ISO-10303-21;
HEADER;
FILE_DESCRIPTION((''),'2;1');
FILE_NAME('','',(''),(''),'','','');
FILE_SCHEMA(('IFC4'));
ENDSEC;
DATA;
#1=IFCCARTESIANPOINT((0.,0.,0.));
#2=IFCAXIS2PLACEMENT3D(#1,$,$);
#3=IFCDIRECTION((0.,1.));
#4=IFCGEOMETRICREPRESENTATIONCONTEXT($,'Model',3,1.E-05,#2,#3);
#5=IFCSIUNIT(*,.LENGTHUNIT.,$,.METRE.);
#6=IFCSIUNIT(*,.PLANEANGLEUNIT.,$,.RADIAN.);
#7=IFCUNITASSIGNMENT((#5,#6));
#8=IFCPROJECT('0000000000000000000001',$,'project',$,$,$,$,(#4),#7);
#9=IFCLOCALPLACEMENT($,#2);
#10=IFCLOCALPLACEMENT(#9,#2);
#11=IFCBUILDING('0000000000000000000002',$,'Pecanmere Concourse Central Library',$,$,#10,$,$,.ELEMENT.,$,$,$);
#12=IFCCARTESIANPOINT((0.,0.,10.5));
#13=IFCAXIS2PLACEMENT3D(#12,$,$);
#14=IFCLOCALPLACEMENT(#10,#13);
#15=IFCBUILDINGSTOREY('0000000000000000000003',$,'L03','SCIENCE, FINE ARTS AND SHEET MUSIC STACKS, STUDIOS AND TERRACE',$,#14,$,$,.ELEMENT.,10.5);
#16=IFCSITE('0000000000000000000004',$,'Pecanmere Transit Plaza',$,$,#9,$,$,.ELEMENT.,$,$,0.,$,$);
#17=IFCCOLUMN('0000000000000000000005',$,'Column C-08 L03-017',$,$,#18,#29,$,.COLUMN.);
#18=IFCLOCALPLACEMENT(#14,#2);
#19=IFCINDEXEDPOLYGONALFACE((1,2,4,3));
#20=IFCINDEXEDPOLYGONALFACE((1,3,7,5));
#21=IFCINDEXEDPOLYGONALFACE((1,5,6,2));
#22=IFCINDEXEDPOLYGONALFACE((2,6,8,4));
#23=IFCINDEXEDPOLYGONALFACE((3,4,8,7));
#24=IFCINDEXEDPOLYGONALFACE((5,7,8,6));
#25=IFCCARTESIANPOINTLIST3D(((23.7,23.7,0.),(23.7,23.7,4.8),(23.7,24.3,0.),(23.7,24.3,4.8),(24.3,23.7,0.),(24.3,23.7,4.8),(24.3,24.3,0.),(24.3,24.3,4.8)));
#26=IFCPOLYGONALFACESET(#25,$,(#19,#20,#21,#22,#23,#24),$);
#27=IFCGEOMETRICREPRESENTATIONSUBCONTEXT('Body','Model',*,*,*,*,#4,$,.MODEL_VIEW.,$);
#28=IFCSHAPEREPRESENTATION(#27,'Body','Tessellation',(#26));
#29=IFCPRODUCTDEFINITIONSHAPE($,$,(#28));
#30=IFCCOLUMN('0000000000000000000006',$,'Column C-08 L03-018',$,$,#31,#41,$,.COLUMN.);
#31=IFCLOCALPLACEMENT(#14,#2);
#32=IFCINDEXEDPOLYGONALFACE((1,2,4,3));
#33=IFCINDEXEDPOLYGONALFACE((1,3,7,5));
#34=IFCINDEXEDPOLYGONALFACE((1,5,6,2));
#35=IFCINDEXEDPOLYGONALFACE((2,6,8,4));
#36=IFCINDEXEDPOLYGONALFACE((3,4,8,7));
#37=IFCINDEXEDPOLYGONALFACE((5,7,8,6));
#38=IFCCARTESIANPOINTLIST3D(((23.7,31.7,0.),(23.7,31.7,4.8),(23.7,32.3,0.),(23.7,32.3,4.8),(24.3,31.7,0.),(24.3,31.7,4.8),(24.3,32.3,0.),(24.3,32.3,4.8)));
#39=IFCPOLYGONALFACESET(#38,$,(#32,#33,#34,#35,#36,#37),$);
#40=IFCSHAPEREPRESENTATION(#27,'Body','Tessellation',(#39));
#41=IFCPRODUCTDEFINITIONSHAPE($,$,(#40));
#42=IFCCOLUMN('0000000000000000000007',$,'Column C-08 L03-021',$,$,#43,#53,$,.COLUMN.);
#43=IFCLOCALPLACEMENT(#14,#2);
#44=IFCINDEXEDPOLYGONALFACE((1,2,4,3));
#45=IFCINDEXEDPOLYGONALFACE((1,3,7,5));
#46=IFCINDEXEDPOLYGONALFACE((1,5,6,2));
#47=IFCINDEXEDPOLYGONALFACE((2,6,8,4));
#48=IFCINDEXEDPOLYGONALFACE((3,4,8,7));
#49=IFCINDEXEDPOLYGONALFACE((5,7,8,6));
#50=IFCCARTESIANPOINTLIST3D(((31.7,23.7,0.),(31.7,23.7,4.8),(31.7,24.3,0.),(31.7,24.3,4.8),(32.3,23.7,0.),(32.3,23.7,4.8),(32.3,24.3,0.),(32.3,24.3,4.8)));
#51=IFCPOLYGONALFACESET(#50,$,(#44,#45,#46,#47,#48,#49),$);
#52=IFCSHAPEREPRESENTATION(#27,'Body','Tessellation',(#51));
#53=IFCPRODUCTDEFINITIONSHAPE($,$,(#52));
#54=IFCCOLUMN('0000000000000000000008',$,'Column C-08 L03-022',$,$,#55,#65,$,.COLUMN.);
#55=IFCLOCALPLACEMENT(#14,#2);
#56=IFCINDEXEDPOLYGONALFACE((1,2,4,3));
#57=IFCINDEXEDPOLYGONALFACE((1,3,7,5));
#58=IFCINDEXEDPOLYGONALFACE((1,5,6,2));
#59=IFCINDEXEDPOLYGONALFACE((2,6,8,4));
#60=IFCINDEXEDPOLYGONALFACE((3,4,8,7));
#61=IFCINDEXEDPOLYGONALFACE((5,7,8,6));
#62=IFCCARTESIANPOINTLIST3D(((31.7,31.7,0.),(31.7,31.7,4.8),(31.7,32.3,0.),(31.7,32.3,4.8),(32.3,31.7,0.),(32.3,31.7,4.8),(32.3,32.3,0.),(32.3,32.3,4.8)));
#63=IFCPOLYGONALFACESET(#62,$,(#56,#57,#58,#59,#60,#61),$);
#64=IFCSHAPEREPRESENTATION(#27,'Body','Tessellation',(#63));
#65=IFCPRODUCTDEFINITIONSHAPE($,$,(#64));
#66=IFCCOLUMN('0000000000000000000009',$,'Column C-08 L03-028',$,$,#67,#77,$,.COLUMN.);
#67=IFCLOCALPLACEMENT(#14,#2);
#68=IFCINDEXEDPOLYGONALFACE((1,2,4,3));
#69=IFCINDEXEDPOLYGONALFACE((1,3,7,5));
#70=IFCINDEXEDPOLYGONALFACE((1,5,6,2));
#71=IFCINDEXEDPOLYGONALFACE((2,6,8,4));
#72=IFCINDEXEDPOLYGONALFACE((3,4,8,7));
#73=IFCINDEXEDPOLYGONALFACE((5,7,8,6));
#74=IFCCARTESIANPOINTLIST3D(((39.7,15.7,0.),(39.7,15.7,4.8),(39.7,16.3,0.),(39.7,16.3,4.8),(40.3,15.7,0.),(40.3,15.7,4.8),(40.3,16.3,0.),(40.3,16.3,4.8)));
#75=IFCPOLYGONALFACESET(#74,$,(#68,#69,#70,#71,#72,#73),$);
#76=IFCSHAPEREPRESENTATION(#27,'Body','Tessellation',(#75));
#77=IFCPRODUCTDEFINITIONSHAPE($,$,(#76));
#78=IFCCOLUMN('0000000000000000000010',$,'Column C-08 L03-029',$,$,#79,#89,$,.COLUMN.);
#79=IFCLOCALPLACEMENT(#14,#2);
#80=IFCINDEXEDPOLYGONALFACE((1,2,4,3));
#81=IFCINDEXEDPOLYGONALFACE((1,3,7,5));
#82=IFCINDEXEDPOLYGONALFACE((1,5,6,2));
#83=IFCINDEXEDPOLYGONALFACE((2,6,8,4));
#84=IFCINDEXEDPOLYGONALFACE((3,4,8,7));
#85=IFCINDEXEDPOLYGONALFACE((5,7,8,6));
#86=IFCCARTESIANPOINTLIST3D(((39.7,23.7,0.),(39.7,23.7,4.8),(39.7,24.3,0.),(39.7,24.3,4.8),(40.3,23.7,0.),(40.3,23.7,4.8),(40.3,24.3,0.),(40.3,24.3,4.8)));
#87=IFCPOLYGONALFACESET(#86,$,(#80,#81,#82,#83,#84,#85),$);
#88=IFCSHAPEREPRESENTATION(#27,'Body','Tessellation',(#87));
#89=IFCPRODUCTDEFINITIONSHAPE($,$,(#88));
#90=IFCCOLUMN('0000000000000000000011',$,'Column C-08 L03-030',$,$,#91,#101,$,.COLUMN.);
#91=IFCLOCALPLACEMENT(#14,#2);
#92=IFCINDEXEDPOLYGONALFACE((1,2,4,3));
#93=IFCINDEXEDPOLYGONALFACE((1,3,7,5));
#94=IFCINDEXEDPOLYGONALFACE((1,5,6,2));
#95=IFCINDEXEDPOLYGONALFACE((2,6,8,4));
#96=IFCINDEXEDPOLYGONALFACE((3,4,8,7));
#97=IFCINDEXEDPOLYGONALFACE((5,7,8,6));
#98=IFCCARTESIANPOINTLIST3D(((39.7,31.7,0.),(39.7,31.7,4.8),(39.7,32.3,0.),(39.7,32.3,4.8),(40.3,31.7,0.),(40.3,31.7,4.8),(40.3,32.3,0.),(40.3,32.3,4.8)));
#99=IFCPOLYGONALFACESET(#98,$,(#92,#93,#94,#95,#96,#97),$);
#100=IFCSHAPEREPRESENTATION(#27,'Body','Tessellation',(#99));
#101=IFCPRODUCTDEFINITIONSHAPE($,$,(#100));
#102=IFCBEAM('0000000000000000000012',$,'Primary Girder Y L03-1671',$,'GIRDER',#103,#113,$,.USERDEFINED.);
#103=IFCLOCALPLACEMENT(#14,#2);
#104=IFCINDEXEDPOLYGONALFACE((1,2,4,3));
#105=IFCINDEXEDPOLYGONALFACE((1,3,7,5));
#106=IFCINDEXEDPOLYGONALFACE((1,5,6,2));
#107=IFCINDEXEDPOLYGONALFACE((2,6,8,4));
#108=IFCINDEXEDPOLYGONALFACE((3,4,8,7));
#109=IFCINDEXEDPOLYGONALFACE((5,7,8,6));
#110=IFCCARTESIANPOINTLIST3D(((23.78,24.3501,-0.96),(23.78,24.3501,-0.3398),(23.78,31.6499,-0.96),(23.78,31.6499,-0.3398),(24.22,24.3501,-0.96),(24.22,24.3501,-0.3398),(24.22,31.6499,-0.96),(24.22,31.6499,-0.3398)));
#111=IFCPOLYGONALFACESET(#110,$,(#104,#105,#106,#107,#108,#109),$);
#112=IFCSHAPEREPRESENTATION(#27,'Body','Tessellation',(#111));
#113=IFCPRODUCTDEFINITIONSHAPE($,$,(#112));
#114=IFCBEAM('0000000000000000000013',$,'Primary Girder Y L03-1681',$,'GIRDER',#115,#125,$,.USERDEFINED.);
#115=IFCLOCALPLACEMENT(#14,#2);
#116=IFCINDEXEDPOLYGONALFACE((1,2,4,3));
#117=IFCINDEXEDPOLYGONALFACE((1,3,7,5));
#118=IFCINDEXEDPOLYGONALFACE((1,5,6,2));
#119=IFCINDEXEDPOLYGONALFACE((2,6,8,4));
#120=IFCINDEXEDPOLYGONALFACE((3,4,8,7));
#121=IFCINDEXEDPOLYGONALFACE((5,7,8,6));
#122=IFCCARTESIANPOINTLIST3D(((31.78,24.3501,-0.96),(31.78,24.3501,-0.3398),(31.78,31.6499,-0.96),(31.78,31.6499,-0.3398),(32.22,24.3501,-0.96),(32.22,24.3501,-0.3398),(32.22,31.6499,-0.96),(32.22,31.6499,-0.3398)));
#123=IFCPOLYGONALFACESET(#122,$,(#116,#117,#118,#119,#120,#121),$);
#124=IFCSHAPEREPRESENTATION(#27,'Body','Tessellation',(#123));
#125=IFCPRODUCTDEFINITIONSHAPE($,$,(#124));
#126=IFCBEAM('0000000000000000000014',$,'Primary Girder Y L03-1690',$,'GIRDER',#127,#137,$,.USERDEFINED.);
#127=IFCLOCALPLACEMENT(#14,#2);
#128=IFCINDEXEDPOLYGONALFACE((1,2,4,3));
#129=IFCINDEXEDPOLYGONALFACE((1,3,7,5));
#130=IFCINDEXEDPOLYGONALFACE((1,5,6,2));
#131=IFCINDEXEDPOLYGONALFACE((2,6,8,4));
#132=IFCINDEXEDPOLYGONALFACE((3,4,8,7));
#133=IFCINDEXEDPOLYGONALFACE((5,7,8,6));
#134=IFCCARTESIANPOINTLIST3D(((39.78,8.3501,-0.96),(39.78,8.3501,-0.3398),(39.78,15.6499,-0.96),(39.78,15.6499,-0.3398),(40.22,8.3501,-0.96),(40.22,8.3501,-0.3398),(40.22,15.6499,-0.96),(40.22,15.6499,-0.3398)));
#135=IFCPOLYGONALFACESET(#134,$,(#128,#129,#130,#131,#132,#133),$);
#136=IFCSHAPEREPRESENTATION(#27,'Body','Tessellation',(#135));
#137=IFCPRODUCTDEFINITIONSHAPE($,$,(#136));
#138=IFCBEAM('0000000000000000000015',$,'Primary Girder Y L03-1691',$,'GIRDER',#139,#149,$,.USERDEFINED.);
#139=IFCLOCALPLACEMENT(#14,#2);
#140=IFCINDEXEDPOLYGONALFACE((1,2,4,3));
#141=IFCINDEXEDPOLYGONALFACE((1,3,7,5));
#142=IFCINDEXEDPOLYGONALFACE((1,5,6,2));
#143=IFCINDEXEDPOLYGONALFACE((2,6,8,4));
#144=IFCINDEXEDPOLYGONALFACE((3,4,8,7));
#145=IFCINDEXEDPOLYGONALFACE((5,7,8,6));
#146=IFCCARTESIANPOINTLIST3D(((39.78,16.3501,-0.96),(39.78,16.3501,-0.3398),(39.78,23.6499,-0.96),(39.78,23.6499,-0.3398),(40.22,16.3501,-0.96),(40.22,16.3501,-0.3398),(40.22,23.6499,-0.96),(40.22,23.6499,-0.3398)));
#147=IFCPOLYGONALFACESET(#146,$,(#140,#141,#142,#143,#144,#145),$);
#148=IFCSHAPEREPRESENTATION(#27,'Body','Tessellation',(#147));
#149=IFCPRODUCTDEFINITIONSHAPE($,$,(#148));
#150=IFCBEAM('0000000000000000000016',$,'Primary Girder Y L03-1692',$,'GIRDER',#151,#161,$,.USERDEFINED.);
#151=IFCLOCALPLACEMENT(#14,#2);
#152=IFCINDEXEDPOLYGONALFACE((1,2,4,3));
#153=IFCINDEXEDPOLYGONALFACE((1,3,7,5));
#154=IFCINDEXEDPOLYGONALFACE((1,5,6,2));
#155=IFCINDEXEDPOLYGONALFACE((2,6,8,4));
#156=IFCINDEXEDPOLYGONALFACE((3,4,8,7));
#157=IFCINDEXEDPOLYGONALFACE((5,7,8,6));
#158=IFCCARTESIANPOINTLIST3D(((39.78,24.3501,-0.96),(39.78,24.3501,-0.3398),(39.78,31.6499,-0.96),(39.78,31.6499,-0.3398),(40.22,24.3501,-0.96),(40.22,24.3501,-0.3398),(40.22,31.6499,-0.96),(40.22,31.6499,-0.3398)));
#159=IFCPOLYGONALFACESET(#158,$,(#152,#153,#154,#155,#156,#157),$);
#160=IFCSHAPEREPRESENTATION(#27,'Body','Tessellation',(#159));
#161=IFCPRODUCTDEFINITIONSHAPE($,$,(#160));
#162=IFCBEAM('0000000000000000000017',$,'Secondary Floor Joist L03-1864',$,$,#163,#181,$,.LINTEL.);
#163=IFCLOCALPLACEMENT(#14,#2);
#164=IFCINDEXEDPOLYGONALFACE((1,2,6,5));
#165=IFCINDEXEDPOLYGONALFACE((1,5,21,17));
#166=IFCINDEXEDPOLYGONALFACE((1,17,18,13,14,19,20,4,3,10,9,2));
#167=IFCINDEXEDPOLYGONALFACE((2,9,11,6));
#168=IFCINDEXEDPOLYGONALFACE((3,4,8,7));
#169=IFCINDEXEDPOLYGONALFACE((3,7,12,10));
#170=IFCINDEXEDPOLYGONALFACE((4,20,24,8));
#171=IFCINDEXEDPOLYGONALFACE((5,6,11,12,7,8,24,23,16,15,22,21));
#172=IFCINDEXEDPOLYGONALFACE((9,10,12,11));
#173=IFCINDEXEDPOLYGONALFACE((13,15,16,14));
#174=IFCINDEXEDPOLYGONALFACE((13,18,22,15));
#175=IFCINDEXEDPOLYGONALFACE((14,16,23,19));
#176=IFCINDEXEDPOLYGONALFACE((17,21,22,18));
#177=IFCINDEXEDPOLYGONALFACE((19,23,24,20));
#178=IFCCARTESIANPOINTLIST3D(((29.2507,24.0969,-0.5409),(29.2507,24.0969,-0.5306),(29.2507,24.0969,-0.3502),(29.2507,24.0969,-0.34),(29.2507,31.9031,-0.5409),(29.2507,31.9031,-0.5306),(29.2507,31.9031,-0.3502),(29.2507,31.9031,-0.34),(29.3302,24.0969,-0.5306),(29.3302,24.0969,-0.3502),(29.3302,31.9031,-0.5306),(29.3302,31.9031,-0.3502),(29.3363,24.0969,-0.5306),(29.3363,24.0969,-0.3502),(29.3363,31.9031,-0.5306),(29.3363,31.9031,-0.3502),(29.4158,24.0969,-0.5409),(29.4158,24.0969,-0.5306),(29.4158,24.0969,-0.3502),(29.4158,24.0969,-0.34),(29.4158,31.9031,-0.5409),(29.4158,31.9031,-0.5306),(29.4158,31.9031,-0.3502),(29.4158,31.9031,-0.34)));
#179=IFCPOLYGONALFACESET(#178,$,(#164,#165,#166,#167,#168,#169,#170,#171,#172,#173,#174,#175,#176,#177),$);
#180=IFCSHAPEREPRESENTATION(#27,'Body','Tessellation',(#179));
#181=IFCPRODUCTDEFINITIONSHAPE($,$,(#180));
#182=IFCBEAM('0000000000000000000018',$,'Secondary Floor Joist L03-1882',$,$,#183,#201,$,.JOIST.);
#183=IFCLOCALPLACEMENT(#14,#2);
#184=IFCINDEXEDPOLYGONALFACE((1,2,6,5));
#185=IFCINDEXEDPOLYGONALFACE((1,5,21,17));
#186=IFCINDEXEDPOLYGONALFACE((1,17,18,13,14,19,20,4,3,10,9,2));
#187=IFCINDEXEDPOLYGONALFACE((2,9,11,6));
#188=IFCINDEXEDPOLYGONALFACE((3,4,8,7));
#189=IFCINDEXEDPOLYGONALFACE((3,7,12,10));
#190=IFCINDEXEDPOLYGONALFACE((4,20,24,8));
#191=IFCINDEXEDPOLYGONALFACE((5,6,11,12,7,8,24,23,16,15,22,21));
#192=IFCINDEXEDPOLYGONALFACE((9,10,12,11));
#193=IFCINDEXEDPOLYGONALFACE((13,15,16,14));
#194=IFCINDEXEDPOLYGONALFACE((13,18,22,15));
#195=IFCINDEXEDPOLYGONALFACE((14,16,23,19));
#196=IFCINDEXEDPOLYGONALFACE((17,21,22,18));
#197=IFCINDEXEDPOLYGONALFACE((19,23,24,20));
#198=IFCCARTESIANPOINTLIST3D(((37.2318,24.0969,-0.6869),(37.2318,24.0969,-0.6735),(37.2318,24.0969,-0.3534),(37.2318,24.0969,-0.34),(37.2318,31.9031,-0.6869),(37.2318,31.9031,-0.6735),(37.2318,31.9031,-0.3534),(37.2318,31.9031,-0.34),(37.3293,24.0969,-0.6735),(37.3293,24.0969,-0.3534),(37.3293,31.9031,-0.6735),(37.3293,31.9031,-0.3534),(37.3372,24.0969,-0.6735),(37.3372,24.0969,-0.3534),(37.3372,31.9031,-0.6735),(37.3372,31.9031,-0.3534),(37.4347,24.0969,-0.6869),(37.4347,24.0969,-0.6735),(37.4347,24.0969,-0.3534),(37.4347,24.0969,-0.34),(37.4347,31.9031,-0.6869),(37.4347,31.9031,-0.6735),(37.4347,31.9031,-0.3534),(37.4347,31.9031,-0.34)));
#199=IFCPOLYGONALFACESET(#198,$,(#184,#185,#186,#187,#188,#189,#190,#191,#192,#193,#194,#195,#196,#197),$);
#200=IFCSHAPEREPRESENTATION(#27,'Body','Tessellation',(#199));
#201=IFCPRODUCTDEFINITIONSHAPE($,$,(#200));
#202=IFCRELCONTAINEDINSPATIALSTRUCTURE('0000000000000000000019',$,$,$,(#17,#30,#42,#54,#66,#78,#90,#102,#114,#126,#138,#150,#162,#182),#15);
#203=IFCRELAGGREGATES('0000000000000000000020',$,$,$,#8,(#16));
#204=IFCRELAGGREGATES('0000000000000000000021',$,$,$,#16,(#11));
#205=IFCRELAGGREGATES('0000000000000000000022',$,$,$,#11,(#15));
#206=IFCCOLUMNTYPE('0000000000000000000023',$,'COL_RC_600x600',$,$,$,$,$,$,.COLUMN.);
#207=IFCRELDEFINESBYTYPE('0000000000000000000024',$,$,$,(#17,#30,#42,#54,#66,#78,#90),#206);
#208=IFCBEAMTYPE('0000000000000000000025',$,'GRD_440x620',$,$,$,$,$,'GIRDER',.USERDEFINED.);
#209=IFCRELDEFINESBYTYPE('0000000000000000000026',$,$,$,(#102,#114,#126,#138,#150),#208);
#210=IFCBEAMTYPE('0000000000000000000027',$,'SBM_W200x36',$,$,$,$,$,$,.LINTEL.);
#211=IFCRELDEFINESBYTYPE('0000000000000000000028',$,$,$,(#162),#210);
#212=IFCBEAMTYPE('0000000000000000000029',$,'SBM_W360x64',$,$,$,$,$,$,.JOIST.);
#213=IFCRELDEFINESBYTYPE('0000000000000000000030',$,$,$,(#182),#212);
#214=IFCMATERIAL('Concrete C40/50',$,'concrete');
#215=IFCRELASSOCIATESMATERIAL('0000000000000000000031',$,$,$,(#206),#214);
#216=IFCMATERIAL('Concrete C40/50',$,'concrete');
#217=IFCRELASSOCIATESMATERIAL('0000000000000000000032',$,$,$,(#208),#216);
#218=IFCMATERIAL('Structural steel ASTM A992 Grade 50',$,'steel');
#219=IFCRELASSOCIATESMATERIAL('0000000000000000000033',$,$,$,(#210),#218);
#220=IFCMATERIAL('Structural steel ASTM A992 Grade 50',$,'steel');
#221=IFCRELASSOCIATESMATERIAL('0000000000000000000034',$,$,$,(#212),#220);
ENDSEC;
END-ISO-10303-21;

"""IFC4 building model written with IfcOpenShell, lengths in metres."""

from ifc_helpers import new_model, si_unit, direction, frame, origin, origin_2d, place, context, subcontext, project, spatial, rectangle, i_section, extrude, material, material_profile, profile_set, type_object, element, save


model = new_model("IFC4")

# Units and contexts
model_context = context("Model", 3, precision=1e-05, world=origin(), true_north=direction((0.0, 1.0)))
body_context = subcontext(model_context, "Body", "Model", "MODEL_VIEW")
ifc_project = project(units=[si_unit("LENGTHUNIT", "METRE"), si_unit("PLANEANGLEUNIT", "RADIAN")], contexts=[model_context])

# Site, building, storey
site_placement = place(None, origin())
site = spatial("IfcSite", under=ifc_project, at=site_placement, Name="Pecanmere Transit Plaza", CompositionType="ELEMENT", RefElevation=0.0)
building_placement = place(site_placement, origin())
building = spatial("IfcBuilding", under=site, at=building_placement, Name="Pecanmere Concourse Central Library", CompositionType="ELEMENT")
storey_placement = place(building_placement, frame((0.0, 0.0, 10.5)))
storey = spatial("IfcBuildingStorey", under=building, at=storey_placement, Name="L03", Description="SCIENCE, FINE ARTS AND SHEET MUSIC STACKS, STUDIOS AND TERRACE", CompositionType="ELEMENT", Elevation=10.5)

# Columns
ifc_material_1 = material(Name="Concrete C40/50", Category="concrete")
ifc_material_profile_1 = material_profile(ifc_material_1, rectangle(XDim=0.6001, YDim=0.6001, at=origin_2d()), Name="RC 600x600")
ifc_profile_set_1 = profile_set([ifc_material_profile_1], Name="Concrete C40/50")
column_type = type_object("IfcColumnType", Name="COL_RC_600x600", PredefinedType="COLUMN", material=ifc_profile_set_1)
for number, where, z_axis, x_axis, name in (
    (1, (24.0, 24.0, 0.0), (0.0, 0.0, 1.0), (1.0, 0.0, 0.0), "Column C-08 L03-017"),
    (2, (24.0, 32.0, 0.0), (0.0, 0.0, 1.0), (1.0, 0.0, 0.0), "Column C-08 L03-018"),
    (3, (32.0, 24.0, 0.0), (0.0, 0.0, 1.0), (1.0, 0.0, 0.0), "Column C-08 L03-021"),
    (4, (32.0, 32.0, 0.0), (0.0, 0.0, 1.0), (1.0, 0.0, 0.0), "Column C-08 L03-022"),
    (5, (40.0, 16.0, 0.0), (0.0, 0.0, 1.0), (1.0, 0.0, 0.0), "Column C-08 L03-028"),
    (6, (40.0, 24.0, 0.0), (0.0, 0.0, 1.0), (1.0, 0.0, 0.0), "Column C-08 L03-029"),
    (7, (40.0, 32.0, 0.0), (0.0, 0.0, 1.0), (1.0, 0.0, 0.0), "Column C-08 L03-030"),
):
    element("IfcColumn", number, at=place(storey_placement, frame(where, z_axis=z_axis, x_axis=x_axis)), inside=storey, type_object=column_type, Name=name, PredefinedType="COLUMN", context=body_context, shape_type="SweptSolid", body=[
        extrude(rectangle(XDim=0.6001, YDim=0.6001, at=origin_2d()), origin(), (0.0, 0.0, 1.0), 4.8),
    ])

# Beams
ifc_material_2 = material(Name="Concrete C40/50", Category="concrete")
ifc_material_profile_2 = material_profile(ifc_material_2, rectangle(XDim=0.4399, YDim=0.6201, at=origin_2d()), Name="RC 440x620")
ifc_profile_set_2 = profile_set([ifc_material_profile_2], Name="Concrete C40/50")
beam_type_1 = type_object("IfcBeamType", Name="GRD_440x620", ElementType="GIRDER", PredefinedType="USERDEFINED", material=ifc_profile_set_2)
for number, where, z_axis, x_axis, name in (
    (8, (24.0, 24.3501, -0.6499), (0.0, 1.0, 0.0), (-1.0, 0.0, 0.0), "Primary Girder Y L03-1671"),
    (9, (32.0, 24.3501, -0.6499), (0.0, 1.0, 0.0), (-1.0, 0.0, 0.0), "Primary Girder Y L03-1681"),
    (10, (40.0, 8.3501, -0.6499), (0.0, 1.0, 0.0), (-1.0, 0.0, 0.0), "Primary Girder Y L03-1690"),
    (11, (40.0, 16.3501, -0.6499), (0.0, 1.0, 0.0), (-1.0, 0.0, 0.0), "Primary Girder Y L03-1691"),
    (12, (40.0, 24.3501, -0.6499), (0.0, 1.0, 0.0), (-1.0, 0.0, 0.0), "Primary Girder Y L03-1692"),
):
    element("IfcBeam", number, at=place(storey_placement, frame(where, z_axis=z_axis, x_axis=x_axis)), inside=storey, type_object=beam_type_1, Name=name, ObjectType="GIRDER", PredefinedType="USERDEFINED", context=body_context, shape_type="SweptSolid", body=[
        extrude(rectangle(XDim=0.4399, YDim=0.6201, at=origin_2d()), origin(), (0.0, 0.0, 1.0), 7.2998),
    ])
ifc_material_3 = material(Name="Structural steel ASTM A992 Grade 50", Category="steel")
ifc_material_profile_3 = material_profile(ifc_material_3, i_section(OverallWidth=0.165, OverallDepth=0.2009, WebThickness=0.0061, FlangeThickness=0.0103, at=origin_2d()), Name="W200x35.9")
ifc_profile_set_3 = profile_set([ifc_material_profile_3], Name="Structural steel ASTM A992 Grade 50")
beam_type_2 = type_object("IfcBeamType", Name="SBM_W200x36", PredefinedType="LINTEL", material=ifc_profile_set_3)
beam_1_placement = place(storey_placement, frame((29.3333, 24.0969, -0.4404), z_axis=(0.0, 1.0, 0.0), x_axis=(-1.0, 0.0, 0.0)))
element("IfcBeam", 13, at=beam_1_placement, inside=storey, type_object=beam_type_2, Name="Secondary Floor Joist L03-1864", PredefinedType="LINTEL", context=body_context, shape_type="SweptSolid", body=[
    extrude(i_section(OverallWidth=0.165, OverallDepth=0.2009, WebThickness=0.0061, FlangeThickness=0.0103, at=origin_2d()), origin(), (0.0, 0.0, 1.0), 7.8062),
])
ifc_material_4 = material(Name="Structural steel ASTM A992 Grade 50", Category="steel")
ifc_material_profile_4 = material_profile(ifc_material_4, i_section(OverallWidth=0.2029, OverallDepth=0.3469, WebThickness=0.0078, FlangeThickness=0.0134, at=origin_2d()), Name="W360x64")
ifc_profile_set_4 = profile_set([ifc_material_profile_4], Name="Structural steel ASTM A992 Grade 50")
beam_type_3 = type_object("IfcBeamType", Name="SBM_W360x64", PredefinedType="JOIST", material=ifc_profile_set_4)
beam_2_placement = place(storey_placement, frame((37.3333, 24.0969, -0.5134), z_axis=(0.0, 1.0, 0.0), x_axis=(-1.0, 0.0, 0.0)))
element("IfcBeam", 14, at=beam_2_placement, inside=storey, type_object=beam_type_3, Name="Secondary Floor Joist L03-1882", PredefinedType="JOIST", context=body_context, shape_type="SweptSolid", body=[
    extrude(i_section(OverallWidth=0.2029, OverallDepth=0.3469, WebThickness=0.0078, FlangeThickness=0.0134, at=origin_2d()), origin(), (0.0, 0.0, 1.0), 7.8062),
])

save(model, "model.ifc")
